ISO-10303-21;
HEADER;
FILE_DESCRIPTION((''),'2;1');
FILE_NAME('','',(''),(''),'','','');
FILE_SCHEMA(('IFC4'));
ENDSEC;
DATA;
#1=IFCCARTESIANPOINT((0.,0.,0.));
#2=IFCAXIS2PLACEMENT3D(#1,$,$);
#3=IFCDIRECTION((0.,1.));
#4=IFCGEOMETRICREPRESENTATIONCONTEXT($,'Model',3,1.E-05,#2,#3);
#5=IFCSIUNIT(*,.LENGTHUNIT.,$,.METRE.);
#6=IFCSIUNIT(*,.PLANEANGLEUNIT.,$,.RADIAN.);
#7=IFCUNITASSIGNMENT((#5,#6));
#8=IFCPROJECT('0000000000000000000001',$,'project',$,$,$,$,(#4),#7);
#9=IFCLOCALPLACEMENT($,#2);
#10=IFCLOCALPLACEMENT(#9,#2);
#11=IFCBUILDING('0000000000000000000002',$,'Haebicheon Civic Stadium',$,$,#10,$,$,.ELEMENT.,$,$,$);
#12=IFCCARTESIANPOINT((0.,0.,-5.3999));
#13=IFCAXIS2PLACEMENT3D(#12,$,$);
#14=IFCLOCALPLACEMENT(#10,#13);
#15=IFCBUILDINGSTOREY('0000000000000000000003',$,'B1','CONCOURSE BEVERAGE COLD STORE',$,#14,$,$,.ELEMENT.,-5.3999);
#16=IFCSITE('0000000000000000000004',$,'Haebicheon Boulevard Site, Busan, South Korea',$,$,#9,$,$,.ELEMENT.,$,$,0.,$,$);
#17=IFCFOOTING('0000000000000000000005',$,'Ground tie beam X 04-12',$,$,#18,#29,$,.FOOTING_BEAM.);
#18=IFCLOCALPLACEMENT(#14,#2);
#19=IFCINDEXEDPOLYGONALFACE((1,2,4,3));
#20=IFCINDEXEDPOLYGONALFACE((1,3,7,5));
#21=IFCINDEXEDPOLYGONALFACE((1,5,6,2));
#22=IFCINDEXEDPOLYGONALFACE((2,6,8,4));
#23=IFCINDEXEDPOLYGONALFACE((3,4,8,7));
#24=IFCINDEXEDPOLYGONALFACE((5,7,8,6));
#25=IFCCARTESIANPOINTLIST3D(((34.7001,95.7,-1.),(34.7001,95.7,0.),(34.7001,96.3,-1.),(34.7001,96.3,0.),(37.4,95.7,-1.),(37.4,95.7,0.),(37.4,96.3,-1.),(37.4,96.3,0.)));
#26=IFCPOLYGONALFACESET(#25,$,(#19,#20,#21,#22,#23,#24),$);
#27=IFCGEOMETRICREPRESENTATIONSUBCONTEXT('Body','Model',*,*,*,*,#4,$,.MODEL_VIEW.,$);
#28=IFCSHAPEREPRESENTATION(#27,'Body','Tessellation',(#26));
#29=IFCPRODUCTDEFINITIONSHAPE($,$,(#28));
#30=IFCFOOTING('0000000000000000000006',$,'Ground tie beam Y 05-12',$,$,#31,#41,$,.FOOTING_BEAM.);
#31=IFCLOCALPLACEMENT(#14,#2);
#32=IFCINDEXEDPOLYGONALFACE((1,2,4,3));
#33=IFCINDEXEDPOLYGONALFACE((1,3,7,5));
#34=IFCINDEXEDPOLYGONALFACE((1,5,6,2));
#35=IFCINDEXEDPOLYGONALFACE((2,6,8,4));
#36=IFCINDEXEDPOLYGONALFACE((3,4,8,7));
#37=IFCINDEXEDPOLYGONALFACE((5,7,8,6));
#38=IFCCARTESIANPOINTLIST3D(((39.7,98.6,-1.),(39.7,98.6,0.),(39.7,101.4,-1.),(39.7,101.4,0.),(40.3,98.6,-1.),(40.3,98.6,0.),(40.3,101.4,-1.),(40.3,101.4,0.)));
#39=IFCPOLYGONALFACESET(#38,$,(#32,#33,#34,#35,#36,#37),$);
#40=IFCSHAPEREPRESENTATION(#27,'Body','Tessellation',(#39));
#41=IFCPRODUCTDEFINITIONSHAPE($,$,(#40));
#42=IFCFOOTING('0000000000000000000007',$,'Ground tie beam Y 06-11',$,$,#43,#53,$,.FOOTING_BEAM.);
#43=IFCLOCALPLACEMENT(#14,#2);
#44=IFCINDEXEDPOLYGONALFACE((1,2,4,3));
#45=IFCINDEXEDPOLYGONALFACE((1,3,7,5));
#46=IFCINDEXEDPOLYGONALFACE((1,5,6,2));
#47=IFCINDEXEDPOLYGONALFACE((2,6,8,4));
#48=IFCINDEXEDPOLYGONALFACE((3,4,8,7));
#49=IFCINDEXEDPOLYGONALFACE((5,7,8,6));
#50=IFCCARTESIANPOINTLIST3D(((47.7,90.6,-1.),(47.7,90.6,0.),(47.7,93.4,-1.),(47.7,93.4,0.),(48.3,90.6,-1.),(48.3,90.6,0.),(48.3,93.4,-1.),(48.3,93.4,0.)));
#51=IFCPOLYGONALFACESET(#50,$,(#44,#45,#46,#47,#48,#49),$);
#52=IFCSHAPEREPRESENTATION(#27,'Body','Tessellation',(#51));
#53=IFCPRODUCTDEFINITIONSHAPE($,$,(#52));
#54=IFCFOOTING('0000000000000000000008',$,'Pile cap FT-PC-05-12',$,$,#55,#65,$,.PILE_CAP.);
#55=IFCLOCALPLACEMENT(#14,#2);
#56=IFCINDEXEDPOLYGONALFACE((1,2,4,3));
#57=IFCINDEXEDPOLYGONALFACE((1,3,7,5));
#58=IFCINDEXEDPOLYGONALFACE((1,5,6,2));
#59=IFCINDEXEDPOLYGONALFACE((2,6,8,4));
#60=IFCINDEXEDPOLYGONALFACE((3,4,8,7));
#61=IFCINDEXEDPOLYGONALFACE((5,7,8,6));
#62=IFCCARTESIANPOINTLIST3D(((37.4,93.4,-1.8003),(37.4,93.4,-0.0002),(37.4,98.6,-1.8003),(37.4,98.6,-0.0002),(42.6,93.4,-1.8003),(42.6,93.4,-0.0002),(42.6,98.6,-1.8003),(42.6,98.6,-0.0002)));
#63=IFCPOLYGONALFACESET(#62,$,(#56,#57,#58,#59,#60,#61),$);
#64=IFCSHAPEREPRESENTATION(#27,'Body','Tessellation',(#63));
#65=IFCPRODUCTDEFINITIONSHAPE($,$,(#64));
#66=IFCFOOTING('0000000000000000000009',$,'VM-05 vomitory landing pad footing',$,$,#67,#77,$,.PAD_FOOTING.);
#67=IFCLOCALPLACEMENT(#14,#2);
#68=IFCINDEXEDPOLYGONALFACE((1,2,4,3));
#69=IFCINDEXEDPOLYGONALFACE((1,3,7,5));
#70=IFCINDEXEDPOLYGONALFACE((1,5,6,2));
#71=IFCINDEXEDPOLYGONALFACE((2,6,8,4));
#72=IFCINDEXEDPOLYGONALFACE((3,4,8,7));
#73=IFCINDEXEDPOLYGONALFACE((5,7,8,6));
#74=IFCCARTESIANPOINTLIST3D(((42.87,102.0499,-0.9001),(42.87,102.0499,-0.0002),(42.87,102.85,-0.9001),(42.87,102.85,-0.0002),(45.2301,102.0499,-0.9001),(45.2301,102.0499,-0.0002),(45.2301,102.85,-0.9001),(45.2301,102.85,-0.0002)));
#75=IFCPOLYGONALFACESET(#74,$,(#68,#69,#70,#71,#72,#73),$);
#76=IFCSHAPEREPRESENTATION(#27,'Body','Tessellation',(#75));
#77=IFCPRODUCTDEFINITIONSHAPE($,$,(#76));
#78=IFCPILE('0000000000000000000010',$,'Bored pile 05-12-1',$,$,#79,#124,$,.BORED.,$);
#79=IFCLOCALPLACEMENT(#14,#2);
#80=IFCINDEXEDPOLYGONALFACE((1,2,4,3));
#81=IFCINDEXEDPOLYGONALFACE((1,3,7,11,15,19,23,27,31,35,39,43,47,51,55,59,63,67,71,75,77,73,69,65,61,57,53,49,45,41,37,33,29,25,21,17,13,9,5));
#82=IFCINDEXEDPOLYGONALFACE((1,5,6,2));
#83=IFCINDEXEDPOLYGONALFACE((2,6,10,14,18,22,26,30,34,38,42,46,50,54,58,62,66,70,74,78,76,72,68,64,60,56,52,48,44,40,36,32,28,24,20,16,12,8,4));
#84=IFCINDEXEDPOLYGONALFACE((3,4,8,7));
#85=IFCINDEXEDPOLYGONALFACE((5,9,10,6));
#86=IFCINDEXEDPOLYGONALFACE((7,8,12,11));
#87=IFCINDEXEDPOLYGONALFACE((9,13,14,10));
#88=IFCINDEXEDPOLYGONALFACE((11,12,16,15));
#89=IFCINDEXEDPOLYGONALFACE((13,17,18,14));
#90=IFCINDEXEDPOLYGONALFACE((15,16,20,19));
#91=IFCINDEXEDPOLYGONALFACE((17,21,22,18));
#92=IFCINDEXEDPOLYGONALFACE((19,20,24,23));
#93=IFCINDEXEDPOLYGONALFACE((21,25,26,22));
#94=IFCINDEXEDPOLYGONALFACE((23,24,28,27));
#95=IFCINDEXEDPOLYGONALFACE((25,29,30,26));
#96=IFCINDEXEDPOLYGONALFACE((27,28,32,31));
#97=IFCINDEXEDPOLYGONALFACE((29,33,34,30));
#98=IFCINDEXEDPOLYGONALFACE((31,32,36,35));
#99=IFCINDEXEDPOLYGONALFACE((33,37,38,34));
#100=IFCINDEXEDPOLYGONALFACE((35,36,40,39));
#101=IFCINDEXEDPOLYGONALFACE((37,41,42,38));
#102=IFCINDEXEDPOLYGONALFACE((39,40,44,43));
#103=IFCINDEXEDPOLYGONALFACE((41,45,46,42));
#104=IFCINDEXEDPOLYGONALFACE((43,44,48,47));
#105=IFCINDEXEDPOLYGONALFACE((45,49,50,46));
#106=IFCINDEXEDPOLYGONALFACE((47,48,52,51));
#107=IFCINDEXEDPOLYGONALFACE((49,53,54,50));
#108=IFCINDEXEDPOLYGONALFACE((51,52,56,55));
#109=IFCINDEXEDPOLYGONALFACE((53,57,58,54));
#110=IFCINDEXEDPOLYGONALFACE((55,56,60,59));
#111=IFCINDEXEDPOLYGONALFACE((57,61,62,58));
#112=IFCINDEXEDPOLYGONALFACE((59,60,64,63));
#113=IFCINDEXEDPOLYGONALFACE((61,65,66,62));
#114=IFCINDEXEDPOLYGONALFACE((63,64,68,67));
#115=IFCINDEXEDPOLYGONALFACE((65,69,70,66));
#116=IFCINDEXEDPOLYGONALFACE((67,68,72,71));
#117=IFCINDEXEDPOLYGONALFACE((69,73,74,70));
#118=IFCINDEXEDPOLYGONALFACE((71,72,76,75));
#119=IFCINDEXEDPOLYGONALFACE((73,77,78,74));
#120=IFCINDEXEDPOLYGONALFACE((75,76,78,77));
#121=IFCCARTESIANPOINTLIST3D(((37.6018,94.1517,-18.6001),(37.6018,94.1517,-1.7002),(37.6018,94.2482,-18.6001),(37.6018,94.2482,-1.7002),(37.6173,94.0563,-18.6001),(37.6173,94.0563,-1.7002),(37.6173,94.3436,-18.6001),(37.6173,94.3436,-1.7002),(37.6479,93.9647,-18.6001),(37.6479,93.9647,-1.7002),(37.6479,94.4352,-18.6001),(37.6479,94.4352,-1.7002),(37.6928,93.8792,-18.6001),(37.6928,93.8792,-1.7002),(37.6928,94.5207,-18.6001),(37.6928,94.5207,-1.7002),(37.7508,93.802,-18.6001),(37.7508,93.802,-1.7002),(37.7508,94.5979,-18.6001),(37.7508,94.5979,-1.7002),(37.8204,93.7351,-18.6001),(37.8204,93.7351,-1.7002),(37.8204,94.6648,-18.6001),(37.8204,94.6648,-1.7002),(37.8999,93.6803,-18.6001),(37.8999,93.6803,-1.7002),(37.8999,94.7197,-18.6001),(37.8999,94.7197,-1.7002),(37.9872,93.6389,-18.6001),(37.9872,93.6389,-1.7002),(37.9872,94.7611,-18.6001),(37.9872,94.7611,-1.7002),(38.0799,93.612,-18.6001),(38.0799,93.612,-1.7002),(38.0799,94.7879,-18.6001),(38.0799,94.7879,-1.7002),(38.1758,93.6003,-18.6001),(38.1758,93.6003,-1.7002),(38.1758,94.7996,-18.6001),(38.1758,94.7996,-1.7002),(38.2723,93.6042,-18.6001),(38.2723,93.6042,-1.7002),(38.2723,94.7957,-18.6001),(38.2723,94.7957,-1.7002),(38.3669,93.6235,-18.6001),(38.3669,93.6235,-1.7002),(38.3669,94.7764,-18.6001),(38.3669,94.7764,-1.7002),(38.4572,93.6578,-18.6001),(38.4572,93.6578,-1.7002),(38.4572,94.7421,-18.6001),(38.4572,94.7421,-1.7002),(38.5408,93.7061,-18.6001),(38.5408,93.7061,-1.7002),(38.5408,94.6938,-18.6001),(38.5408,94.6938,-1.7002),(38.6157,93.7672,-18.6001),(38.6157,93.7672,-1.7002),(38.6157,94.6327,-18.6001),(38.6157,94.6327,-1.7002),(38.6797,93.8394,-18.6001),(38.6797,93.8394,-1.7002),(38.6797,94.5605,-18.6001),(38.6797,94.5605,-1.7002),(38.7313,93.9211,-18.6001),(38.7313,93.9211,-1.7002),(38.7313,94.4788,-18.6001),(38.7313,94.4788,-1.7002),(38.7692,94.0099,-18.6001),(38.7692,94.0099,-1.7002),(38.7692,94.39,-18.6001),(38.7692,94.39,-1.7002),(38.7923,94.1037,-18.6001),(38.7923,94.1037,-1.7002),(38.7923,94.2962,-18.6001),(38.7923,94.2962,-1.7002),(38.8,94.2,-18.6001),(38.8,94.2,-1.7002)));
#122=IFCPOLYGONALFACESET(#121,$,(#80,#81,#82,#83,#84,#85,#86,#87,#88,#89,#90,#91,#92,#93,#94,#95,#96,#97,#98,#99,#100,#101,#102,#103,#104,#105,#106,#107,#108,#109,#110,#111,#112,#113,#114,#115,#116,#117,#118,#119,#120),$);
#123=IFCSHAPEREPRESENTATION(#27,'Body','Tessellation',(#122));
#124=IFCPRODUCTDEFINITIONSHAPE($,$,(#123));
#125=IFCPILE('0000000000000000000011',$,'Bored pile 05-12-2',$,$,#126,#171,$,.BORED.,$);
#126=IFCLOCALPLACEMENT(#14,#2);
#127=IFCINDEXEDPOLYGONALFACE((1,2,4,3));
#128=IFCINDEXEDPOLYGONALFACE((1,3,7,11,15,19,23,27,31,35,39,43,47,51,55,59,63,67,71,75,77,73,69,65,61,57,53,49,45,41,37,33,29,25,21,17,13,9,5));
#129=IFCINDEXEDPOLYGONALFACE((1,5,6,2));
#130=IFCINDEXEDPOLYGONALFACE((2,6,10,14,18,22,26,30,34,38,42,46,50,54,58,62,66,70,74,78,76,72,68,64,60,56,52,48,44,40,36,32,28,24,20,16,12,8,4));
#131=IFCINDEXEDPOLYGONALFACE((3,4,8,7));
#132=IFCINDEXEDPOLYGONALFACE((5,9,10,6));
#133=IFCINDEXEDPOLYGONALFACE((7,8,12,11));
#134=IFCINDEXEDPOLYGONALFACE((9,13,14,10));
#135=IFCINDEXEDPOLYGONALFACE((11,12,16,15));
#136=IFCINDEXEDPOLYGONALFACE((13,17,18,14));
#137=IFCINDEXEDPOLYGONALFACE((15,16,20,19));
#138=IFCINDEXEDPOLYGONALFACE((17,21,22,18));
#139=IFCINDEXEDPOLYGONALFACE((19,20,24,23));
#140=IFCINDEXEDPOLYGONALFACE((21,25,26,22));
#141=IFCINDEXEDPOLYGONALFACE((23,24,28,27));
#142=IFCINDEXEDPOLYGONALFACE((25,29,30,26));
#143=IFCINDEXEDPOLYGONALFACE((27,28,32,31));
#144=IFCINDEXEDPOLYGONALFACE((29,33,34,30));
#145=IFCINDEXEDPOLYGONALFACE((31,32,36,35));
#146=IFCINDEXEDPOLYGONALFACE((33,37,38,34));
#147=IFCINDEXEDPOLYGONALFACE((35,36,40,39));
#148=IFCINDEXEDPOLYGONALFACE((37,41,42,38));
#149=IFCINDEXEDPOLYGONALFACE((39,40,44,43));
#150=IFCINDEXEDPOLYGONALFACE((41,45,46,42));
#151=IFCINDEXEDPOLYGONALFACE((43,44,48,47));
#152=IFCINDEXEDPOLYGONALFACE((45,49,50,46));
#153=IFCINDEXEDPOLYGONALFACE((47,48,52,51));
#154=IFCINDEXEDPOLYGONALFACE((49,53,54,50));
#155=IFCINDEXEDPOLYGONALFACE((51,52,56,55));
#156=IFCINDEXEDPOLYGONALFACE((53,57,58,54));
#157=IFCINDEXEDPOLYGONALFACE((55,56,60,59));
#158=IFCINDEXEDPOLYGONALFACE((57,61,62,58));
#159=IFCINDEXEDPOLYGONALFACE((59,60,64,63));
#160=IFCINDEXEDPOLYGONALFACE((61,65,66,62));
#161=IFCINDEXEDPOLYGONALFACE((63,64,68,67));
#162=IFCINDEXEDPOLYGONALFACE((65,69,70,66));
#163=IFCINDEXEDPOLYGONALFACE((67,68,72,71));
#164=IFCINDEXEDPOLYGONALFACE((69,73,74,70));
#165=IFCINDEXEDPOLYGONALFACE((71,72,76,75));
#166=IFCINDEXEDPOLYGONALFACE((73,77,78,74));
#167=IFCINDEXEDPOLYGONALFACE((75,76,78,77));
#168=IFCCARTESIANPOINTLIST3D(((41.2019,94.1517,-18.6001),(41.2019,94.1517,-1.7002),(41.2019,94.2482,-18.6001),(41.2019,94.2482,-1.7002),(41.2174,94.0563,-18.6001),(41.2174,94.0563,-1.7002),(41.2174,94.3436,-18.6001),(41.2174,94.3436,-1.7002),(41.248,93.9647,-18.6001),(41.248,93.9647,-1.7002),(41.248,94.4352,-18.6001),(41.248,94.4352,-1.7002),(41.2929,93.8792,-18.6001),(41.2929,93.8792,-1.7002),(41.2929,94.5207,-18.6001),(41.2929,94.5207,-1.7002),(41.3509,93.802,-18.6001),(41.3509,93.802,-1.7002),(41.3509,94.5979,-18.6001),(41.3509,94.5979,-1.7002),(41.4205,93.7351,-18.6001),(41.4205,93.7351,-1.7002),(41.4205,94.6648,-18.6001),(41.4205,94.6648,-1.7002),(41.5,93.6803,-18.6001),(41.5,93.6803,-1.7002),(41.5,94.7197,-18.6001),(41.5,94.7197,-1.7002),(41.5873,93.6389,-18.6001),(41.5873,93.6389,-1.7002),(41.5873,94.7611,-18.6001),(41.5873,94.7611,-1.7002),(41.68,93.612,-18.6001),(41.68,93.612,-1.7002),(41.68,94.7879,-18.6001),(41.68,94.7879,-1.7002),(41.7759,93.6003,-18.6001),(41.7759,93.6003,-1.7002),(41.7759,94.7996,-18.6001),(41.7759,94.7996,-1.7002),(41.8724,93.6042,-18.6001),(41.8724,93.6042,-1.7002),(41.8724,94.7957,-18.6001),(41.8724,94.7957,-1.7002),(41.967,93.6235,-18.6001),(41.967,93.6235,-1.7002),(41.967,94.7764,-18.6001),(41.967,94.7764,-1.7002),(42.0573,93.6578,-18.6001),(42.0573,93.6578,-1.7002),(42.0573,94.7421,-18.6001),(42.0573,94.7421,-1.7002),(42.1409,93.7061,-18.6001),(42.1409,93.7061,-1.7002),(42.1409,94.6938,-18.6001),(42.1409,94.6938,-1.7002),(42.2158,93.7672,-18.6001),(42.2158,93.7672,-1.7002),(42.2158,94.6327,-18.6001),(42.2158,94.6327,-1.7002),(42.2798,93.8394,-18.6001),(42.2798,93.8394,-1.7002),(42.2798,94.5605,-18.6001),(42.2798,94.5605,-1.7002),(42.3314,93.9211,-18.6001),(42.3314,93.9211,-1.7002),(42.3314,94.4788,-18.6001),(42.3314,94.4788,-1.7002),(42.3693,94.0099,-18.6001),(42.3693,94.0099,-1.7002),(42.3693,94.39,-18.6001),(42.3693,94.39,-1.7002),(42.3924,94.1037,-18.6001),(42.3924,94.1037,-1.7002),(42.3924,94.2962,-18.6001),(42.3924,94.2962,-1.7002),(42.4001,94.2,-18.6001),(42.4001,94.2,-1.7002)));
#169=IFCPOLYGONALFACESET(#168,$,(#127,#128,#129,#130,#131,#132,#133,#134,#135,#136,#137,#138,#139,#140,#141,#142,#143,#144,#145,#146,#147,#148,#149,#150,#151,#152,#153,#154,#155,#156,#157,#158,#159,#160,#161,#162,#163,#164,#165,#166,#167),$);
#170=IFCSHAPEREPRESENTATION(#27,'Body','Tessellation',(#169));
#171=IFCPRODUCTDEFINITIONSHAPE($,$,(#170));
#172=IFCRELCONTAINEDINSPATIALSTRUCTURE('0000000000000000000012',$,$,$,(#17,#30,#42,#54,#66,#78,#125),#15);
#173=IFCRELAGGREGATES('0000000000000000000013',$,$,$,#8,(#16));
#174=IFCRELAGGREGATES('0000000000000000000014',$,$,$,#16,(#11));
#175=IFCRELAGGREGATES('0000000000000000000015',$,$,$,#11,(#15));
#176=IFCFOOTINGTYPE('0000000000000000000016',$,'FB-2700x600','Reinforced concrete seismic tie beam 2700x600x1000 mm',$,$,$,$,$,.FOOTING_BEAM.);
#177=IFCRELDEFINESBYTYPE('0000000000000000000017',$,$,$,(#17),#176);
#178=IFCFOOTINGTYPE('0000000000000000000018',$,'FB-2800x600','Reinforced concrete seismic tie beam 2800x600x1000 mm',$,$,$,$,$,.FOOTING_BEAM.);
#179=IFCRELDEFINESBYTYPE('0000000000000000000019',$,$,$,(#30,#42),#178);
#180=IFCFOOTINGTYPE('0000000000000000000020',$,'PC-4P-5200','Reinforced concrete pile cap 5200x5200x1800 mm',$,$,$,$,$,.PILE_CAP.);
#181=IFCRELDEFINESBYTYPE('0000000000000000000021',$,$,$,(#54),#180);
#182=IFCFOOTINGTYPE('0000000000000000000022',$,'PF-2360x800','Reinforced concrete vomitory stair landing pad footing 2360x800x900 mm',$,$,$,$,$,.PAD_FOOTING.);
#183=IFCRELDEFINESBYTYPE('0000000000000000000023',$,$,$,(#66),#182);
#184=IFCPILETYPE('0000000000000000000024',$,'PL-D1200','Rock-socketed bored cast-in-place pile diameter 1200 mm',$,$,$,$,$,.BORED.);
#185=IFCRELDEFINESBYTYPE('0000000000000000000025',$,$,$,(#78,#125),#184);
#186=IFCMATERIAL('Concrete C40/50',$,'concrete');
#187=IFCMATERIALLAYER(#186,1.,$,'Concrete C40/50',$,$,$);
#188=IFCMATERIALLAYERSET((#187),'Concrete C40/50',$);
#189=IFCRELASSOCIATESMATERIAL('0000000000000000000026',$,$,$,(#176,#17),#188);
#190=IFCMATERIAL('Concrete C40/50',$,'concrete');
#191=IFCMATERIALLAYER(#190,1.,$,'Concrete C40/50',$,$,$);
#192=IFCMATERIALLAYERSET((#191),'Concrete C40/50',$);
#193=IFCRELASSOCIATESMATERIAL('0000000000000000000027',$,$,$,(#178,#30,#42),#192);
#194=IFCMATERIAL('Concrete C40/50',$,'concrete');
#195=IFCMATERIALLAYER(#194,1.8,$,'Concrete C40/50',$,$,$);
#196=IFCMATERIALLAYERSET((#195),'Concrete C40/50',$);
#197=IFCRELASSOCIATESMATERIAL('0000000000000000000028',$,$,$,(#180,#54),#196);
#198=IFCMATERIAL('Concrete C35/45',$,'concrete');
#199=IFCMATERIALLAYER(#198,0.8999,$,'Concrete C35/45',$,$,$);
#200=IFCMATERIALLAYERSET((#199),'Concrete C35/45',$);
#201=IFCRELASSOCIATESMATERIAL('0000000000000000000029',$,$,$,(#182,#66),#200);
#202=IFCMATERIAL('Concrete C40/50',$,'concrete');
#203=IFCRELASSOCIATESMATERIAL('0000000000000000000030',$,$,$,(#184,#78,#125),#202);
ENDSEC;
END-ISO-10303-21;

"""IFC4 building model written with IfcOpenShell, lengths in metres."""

from ifc_helpers import new_model, si_unit, direction, frame, origin, origin_2d, place, context, subcontext, project, spatial, rectangle, circle, extrude, material, layer, layer_set, material_profile, profile_set, type_object, element, save


model = new_model("IFC4")

# Units and contexts
model_context = context("Model", 3, precision=1e-05, world=origin(), true_north=direction((0.0, 1.0)))
body_context = subcontext(model_context, "Body", "Model", "MODEL_VIEW")
ifc_project = project(units=[si_unit("LENGTHUNIT", "METRE"), si_unit("PLANEANGLEUNIT", "RADIAN")], contexts=[model_context])

# Site, building, storey
site_placement = place(None, origin())
site = spatial("IfcSite", under=ifc_project, at=site_placement, Name="Haebicheon Boulevard Site, Busan, South Korea", CompositionType="ELEMENT", RefElevation=0.0)
building_placement = place(site_placement, origin())
building = spatial("IfcBuilding", under=site, at=building_placement, Name="Haebicheon Civic Stadium", CompositionType="ELEMENT")
storey_placement = place(building_placement, frame((0.0, 0.0, -5.3999)))
storey = spatial("IfcBuildingStorey", under=building, at=storey_placement, Name="B1", Description="CONCOURSE BEVERAGE COLD STORE", CompositionType="ELEMENT", Elevation=-5.3999)

# Footings
ifc_material_1 = material(Name="Concrete C40/50", Category="concrete")
ifc_layer_1 = layer(ifc_material_1, 1.0, Name="Concrete C40/50")
ifc_layer_set_1 = layer_set([ifc_layer_1], Name="Concrete C40/50")
footing_type_1 = type_object("IfcFootingType", Name="FB-2700x600", Description="Reinforced concrete seismic tie beam 2700x600x1000 mm", PredefinedType="FOOTING_BEAM", material=ifc_layer_set_1)
footing_1_placement = place(storey_placement, frame((36.05, 96.0, -1.0), z_axis=(0.0, 0.0, 1.0), x_axis=(1.0, 0.0, 0.0)))
element("IfcFooting", 1, at=footing_1_placement, inside=storey, type_object=footing_type_1, material=ifc_layer_set_1, Name="Ground tie beam X 04-12", PredefinedType="FOOTING_BEAM", context=body_context, shape_type="SweptSolid", body=[
    extrude(rectangle(XDim=2.7, YDim=0.6001, at=origin_2d()), origin(), (0.0, 0.0, 1.0), 1.0),
])
ifc_material_2 = material(Name="Concrete C40/50", Category="concrete")
ifc_layer_2 = layer(ifc_material_2, 1.0, Name="Concrete C40/50")
ifc_layer_set_2 = layer_set([ifc_layer_2], Name="Concrete C40/50")
footing_type_2 = type_object("IfcFootingType", Name="FB-2800x600", Description="Reinforced concrete seismic tie beam 2800x600x1000 mm", PredefinedType="FOOTING_BEAM", material=ifc_layer_set_2)
for number, where, z_axis, x_axis, name in (
    (2, (40.0, 100.0, -1.0), (0.0, 0.0, 1.0), (0.0, 1.0, 0.0), "Ground tie beam Y 05-12"),
    (3, (48.0, 92.0, -1.0), (0.0, 0.0, 1.0), (0.0, 1.0, 0.0), "Ground tie beam Y 06-11"),
):
    element("IfcFooting", number, at=place(storey_placement, frame(where, z_axis=z_axis, x_axis=x_axis)), inside=storey, type_object=footing_type_2, material=ifc_layer_set_2, Name=name, PredefinedType="FOOTING_BEAM", context=body_context, shape_type="SweptSolid", body=[
        extrude(rectangle(XDim=2.8, YDim=0.6001, at=origin_2d()), origin(), (0.0, 0.0, 1.0), 1.0),
    ])
ifc_material_3 = material(Name="Concrete C40/50", Category="concrete")
ifc_layer_3 = layer(ifc_material_3, 1.8, Name="Concrete C40/50")
ifc_layer_set_3 = layer_set([ifc_layer_3], Name="Concrete C40/50")
footing_type_3 = type_object("IfcFootingType", Name="PC-4P-5200", Description="Reinforced concrete pile cap 5200x5200x1800 mm", PredefinedType="PILE_CAP", material=ifc_layer_set_3)
footing_2_placement = place(storey_placement, frame((40.0, 96.0, -1.8003), z_axis=(0.0, 0.0, 1.0), x_axis=(1.0, 0.0, 0.0)))
element("IfcFooting", 4, at=footing_2_placement, inside=storey, type_object=footing_type_3, material=ifc_layer_set_3, Name="Pile cap FT-PC-05-12", PredefinedType="PILE_CAP", context=body_context, shape_type="SweptSolid", body=[
    extrude(rectangle(XDim=5.2, YDim=5.2, at=origin_2d()), origin(), (0.0, 0.0, 1.0), 1.8),
])
ifc_material_4 = material(Name="Concrete C35/45", Category="concrete")
ifc_layer_4 = layer(ifc_material_4, 0.8999, Name="Concrete C35/45")
ifc_layer_set_4 = layer_set([ifc_layer_4], Name="Concrete C35/45")
footing_type_4 = type_object("IfcFootingType", Name="PF-2360x800", Description="Reinforced concrete vomitory stair landing pad footing 2360x800x900 mm", PredefinedType="PAD_FOOTING", material=ifc_layer_set_4)
footing_3_placement = place(storey_placement, frame((44.05, 102.45, -0.9001), z_axis=(0.0, 0.0, 1.0), x_axis=(1.0, 0.0, 0.0)))
element("IfcFooting", 5, at=footing_3_placement, inside=storey, type_object=footing_type_4, material=ifc_layer_set_4, Name="VM-05 vomitory landing pad footing", PredefinedType="PAD_FOOTING", context=body_context, shape_type="SweptSolid", body=[
    extrude(rectangle(XDim=2.3601, YDim=0.8, at=origin_2d()), origin(), (0.0, 0.0, 1.0), 0.8999),
])

# Piles
ifc_material_5 = material(Name="Concrete C40/50", Category="concrete")
ifc_material_profile_1 = material_profile(ifc_material_5, circle(Radius=0.6001, at=origin_2d()), Name="PILE-D1200")
ifc_profile_set_1 = profile_set([ifc_material_profile_1], Name="Concrete C40/50")
pile_type = type_object("IfcPileType", Name="PL-D1200", Description="Rock-socketed bored cast-in-place pile diameter 1200 mm", PredefinedType="BORED", material=ifc_profile_set_1)
for number, where, z_axis, x_axis, name in (
    (6, (38.2, 94.2, -1.7002), (0.0, 0.0, -1.0), (1.0, 0.0, 0.0), "Bored pile 05-12-1"),
    (7, (41.8, 94.2, -1.7002), (0.0, 0.0, -1.0), (1.0, 0.0, 0.0), "Bored pile 05-12-2"),
):
    element("IfcPile", number, at=place(storey_placement, frame(where, z_axis=z_axis, x_axis=x_axis)), inside=storey, type_object=pile_type, material=ifc_profile_set_1, Name=name, PredefinedType="BORED", context=body_context, shape_type="SweptSolid", body=[
        extrude(circle(Radius=0.6001, at=origin_2d()), origin(), (0.0, 0.0, 1.0), 16.8999),
    ])

save(model, "model.ifc")
